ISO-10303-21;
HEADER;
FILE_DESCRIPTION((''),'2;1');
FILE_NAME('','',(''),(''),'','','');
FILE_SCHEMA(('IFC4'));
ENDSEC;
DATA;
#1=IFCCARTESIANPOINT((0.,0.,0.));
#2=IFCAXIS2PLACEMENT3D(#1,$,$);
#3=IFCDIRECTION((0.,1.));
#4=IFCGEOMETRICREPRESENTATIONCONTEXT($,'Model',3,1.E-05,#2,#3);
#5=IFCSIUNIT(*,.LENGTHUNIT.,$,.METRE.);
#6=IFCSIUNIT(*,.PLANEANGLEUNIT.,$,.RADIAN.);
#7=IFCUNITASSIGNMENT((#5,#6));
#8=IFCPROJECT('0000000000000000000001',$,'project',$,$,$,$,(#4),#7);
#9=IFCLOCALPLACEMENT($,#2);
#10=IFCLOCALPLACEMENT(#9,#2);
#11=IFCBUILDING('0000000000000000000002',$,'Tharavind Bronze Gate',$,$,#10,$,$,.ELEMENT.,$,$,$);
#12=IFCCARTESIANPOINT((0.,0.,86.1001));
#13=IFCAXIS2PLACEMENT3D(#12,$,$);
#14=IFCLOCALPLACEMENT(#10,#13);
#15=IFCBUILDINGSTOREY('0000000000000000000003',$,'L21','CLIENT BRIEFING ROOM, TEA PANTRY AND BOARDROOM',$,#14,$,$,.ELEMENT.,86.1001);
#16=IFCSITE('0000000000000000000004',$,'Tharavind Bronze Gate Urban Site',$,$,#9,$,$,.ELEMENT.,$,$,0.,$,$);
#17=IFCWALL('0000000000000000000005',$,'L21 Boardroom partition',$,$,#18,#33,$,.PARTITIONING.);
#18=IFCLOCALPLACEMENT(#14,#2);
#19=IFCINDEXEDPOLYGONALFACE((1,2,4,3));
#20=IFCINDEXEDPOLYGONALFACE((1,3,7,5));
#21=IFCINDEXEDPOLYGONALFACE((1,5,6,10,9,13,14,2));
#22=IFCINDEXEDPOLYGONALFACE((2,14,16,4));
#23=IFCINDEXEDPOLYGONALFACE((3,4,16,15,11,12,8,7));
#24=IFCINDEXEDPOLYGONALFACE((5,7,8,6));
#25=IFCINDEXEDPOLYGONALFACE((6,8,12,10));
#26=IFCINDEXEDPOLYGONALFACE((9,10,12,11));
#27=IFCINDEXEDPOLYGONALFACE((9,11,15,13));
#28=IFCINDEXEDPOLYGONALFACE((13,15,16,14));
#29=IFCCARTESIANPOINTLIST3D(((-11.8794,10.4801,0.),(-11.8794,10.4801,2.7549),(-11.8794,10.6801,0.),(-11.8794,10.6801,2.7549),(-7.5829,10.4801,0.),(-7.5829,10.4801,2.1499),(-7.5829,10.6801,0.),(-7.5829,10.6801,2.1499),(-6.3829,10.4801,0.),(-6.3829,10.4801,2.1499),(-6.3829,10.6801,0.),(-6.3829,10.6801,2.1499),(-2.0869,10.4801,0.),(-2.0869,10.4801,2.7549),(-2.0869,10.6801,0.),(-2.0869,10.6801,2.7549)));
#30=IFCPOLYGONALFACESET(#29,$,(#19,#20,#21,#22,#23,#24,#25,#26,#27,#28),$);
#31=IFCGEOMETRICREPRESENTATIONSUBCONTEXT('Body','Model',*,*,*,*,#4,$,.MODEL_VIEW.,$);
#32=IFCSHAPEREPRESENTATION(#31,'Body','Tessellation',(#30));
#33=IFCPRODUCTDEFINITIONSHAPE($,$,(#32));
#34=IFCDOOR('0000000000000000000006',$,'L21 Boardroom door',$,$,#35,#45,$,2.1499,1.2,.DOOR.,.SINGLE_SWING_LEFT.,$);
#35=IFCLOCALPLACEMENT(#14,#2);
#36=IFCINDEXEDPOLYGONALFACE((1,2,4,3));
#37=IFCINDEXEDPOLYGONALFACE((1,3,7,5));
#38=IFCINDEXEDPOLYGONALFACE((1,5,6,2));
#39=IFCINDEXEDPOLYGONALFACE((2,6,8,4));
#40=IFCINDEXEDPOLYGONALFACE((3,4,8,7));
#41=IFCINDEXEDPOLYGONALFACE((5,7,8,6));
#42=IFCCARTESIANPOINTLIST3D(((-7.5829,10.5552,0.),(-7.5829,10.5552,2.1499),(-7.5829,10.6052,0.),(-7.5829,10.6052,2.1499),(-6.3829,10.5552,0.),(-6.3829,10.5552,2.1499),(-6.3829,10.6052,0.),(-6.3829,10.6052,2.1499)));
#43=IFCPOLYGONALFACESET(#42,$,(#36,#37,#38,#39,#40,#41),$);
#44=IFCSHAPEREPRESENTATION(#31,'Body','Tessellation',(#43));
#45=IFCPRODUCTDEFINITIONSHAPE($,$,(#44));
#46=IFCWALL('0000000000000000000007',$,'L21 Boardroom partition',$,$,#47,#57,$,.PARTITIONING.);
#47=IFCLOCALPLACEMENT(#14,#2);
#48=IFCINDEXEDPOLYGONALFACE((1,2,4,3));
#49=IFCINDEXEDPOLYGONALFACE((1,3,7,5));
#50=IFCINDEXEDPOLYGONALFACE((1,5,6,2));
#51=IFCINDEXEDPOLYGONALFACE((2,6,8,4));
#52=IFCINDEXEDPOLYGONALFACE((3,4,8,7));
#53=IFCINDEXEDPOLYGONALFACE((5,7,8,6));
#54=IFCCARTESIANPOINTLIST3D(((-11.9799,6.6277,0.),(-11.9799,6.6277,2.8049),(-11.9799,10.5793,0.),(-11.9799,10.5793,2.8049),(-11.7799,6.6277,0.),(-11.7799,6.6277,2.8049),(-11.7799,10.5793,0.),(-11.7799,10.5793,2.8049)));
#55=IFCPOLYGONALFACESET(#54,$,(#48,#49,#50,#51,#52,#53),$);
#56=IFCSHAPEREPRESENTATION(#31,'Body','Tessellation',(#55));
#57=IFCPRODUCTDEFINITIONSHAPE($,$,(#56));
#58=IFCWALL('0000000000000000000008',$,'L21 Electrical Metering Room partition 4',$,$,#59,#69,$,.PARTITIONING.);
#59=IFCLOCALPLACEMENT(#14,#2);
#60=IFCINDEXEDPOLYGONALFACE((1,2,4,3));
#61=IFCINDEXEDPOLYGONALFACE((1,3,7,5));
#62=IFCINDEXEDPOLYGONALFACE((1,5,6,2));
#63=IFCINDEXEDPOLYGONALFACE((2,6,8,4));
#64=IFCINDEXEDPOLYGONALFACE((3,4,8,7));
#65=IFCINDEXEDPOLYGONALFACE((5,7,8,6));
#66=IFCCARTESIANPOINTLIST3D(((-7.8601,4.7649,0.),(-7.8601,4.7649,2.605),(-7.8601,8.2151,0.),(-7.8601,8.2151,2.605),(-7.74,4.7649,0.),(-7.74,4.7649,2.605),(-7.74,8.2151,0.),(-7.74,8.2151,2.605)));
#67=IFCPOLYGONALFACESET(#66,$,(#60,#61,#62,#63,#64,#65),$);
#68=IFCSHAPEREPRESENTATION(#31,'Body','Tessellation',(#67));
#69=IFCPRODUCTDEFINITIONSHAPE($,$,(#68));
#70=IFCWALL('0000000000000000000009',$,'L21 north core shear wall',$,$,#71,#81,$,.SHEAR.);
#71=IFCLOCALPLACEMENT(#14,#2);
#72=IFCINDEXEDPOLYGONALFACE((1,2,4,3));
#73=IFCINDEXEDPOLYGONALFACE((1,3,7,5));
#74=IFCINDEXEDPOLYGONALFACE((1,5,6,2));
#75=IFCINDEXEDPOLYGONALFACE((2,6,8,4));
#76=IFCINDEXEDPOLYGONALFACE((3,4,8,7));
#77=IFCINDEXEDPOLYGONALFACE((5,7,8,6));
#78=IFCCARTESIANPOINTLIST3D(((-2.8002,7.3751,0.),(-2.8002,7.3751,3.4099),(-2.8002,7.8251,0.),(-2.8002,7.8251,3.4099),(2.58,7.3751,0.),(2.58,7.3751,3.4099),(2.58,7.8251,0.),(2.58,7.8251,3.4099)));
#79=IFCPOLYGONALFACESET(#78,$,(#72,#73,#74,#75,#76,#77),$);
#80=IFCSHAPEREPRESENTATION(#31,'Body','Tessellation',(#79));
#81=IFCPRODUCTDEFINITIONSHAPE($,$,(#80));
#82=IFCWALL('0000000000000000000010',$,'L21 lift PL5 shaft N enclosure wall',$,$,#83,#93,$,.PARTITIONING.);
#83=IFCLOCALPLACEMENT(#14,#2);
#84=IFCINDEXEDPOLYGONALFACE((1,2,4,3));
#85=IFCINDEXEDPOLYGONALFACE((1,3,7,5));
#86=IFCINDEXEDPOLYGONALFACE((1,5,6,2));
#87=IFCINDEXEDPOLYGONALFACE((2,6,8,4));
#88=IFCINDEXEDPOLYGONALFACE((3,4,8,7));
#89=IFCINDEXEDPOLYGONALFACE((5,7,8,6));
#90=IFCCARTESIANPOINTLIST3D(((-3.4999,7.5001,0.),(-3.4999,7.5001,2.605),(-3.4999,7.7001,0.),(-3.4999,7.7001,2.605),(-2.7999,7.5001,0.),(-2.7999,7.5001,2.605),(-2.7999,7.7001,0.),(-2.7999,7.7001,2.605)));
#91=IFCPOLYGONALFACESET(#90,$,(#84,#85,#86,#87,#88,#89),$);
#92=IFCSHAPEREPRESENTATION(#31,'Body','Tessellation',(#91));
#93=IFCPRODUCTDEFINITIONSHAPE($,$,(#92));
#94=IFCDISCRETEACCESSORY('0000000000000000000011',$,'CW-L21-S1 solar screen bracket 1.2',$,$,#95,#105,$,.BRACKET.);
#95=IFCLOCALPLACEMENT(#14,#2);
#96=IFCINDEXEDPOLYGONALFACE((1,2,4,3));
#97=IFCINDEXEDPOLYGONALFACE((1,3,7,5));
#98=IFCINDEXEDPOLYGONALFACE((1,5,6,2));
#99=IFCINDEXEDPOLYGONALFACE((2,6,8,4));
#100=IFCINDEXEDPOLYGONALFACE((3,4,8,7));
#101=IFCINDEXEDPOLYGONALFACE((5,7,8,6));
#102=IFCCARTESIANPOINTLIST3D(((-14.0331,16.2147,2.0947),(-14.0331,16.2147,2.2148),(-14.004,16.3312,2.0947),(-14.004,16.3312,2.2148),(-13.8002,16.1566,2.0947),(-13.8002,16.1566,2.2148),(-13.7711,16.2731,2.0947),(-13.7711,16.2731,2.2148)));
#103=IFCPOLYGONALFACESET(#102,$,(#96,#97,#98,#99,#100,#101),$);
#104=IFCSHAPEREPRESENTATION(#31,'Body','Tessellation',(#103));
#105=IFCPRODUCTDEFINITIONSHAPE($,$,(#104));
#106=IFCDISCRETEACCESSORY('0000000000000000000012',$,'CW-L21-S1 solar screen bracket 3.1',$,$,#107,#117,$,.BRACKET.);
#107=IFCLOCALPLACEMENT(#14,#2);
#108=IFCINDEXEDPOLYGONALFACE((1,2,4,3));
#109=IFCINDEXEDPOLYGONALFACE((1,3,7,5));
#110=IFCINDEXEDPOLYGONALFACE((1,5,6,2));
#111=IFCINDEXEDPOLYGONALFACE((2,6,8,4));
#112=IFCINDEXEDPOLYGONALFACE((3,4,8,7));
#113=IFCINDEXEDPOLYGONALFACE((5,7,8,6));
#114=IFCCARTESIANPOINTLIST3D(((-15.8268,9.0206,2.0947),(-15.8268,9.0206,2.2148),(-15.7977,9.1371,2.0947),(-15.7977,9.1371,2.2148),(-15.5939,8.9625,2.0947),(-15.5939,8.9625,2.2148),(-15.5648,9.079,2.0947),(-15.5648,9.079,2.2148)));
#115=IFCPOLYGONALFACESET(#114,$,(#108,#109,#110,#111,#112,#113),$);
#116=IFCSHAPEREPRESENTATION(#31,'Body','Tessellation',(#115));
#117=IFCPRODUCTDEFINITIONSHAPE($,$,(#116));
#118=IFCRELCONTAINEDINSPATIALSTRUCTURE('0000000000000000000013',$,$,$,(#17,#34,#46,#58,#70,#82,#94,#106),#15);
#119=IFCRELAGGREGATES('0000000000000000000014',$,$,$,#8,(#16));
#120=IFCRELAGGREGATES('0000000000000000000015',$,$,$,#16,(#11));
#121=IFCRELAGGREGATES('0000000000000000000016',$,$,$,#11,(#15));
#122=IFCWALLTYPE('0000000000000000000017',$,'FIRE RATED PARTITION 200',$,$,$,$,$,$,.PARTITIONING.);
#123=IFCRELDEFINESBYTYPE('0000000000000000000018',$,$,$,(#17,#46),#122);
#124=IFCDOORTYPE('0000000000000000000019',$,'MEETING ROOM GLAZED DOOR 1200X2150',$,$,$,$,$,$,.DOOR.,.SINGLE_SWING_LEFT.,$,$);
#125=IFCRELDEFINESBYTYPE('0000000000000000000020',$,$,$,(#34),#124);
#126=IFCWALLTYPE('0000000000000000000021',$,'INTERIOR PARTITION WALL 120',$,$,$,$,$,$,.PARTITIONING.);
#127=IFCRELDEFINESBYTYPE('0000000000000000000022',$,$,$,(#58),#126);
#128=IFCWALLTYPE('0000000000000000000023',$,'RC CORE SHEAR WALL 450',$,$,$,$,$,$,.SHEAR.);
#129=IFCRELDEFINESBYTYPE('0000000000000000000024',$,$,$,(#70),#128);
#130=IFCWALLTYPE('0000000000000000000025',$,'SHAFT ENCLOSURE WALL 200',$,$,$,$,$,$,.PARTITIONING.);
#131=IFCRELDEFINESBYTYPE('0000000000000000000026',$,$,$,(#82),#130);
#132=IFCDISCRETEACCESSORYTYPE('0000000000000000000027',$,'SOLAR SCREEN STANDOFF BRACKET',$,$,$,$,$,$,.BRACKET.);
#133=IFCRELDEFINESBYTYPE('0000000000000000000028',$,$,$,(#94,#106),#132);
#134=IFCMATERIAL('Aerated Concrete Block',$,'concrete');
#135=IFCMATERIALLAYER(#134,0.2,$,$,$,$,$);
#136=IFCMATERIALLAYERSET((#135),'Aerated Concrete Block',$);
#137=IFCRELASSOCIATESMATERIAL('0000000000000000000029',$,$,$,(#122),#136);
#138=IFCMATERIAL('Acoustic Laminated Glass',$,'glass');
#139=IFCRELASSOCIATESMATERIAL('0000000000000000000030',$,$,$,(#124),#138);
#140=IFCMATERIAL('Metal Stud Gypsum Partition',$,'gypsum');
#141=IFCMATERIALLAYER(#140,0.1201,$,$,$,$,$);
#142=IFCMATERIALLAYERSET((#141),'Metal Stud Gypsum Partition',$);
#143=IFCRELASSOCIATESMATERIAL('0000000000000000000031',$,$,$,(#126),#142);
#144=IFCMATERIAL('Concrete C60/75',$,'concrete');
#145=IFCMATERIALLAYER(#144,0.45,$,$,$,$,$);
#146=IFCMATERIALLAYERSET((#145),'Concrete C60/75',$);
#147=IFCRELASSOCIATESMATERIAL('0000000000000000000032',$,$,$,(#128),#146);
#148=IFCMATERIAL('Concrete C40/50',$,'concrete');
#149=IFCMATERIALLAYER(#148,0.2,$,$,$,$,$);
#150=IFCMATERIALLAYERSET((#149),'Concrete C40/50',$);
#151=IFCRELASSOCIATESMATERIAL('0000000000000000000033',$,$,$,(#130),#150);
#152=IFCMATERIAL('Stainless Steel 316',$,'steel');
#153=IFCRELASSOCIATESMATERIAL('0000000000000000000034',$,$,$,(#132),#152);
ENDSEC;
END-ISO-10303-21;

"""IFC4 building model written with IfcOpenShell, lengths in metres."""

from ifc_helpers import new_model, si_unit, direction, frame, frame_2d, origin, origin_2d, place, context, subcontext, project, spatial, rectangle, extrude, material, layer, layer_set, type_object, element, fill, save


model = new_model("IFC4")

# Units and contexts
model_context = context("Model", 3, precision=1e-05, world=origin(), true_north=direction((0.0, 1.0)))
body_context = subcontext(model_context, "Body", "Model", "MODEL_VIEW")
ifc_project = project(units=[si_unit("LENGTHUNIT", "METRE"), si_unit("PLANEANGLEUNIT", "RADIAN")], contexts=[model_context])

# Site, building, storey
site_placement = place(None, origin())
site = spatial("IfcSite", under=ifc_project, at=site_placement, Name="Tharavind Bronze Gate Urban Site", CompositionType="ELEMENT", RefElevation=0.0)
building_placement = place(site_placement, origin())
building = spatial("IfcBuilding", under=site, at=building_placement, Name="Tharavind Bronze Gate", CompositionType="ELEMENT")
storey_placement = place(building_placement, frame((0.0, 0.0, 86.1001)))
storey = spatial("IfcBuildingStorey", under=building, at=storey_placement, Name="L21", Description="CLIENT BRIEFING ROOM, TEA PANTRY AND BOARDROOM", CompositionType="ELEMENT", Elevation=86.1001)

# Wall, opening, door
ifc_material_1 = material(Name="Concrete C40/50", Category="concrete")
ifc_material_2 = material(Name="Aerated Concrete Block", Category="concrete")
ifc_layer_1 = layer(ifc_material_2, 0.2)
ifc_layer_set_1 = layer_set([ifc_layer_1], Name="Aerated Concrete Block")
wall_type_1 = type_object("IfcWallType", Name="FIRE RATED PARTITION 200", PredefinedType="PARTITIONING", material=ifc_layer_set_1)
wall_1_placement = place(storey_placement, frame((-2.0869, 10.5801, 0.0), z_axis=(0.0, 0.0, 1.0), x_axis=(-1.0, 0.0, 0.0)))
wall_1 = element("IfcWall", 1, at=wall_1_placement, inside=storey, type_object=wall_type_1, Name="L21 Boardroom partition", PredefinedType="PARTITIONING", context=body_context, shape_type="SweptSolid", body=[
    extrude(rectangle(XDim=9.7925, YDim=0.2, at=frame_2d((4.8962, 0.0))), origin(), (0.0, 0.0, 1.0), 2.7549),
])
opening_1_placement = place(wall_1_placement, frame((4.2959, 0.0, 0.0)))
opening_1 = element("IfcOpeningElement", 2, at=opening_1_placement, cuts=wall_1, PredefinedType="OPENING", context=body_context, shape_type="SweptSolid", body=[
    extrude(rectangle(XDim=1.2, YDim=2.1499, at=frame_2d((0.6001, 1.075))), frame((0.0, 0.1101, 0.0), z_axis=(0.0, -1.0, 0.0), x_axis=(1.0, 0.0, 0.0)), (0.0, 0.0, 1.0), 0.22),
])
ifc_material_3 = material(Name="Acoustic Laminated Glass", Category="glass")
door_type_1 = type_object("IfcDoorType", Name="MEETING ROOM GLAZED DOOR 1200X2150", OperationType="SINGLE_SWING_LEFT", PredefinedType="DOOR", material=ifc_material_3)
door_1_placement = place(opening_1_placement, origin())
door_1 = element("IfcDoor", 3, at=door_1_placement, inside=storey, type_object=door_type_1, Name="L21 Boardroom door", OperationType="SINGLE_SWING_LEFT", OverallHeight=2.1499, OverallWidth=1.2, PredefinedType="DOOR", context=body_context, shape_type="SweptSolid", body=[
    extrude(rectangle(XDim=1.2, YDim=2.1499, at=frame_2d((0.6001, 1.075))), frame((0.0, 0.0249, 0.0), z_axis=(0.0, -1.0, 0.0), x_axis=(1.0, 0.0, 0.0)), (0.0, 0.0, 1.0), 0.05),
])
fill(opening_1, door_1)

# Walls
wall_2_placement = place(storey_placement, frame((-11.8799, 10.5793, 0.0), z_axis=(0.0, 0.0, 1.0), x_axis=(0.0, -1.0, 0.0)))
element("IfcWall", 4, at=wall_2_placement, inside=storey, type_object=wall_type_1, Name="L21 Boardroom partition", PredefinedType="PARTITIONING", context=body_context, shape_type="SweptSolid", body=[
    extrude(rectangle(XDim=3.9517, YDim=0.2, at=frame_2d((1.9758, 0.0))), origin(), (0.0, 0.0, 1.0), 2.8049),
])
ifc_material_4 = material(Name="Metal Stud Gypsum Partition", Category="gypsum")
ifc_layer_2 = layer(ifc_material_4, 0.1201)
ifc_layer_set_2 = layer_set([ifc_layer_2], Name="Metal Stud Gypsum Partition")
wall_type_2 = type_object("IfcWallType", Name="INTERIOR PARTITION WALL 120", PredefinedType="PARTITIONING", material=ifc_layer_set_2)
wall_3_placement = place(storey_placement, frame((-7.8, 8.2151, 0.0), z_axis=(0.0, 0.0, 1.0), x_axis=(0.0, -1.0, 0.0)))
element("IfcWall", 5, at=wall_3_placement, inside=storey, type_object=wall_type_2, Name="L21 Electrical Metering Room partition 4", PredefinedType="PARTITIONING", context=body_context, shape_type="SweptSolid", body=[
    extrude(rectangle(XDim=3.4502, YDim=0.1201, at=frame_2d((1.7251, 0.0))), origin(), (0.0, 0.0, 1.0), 2.605),
])
ifc_material_5 = material(Name="Concrete C60/75", Category="concrete")
ifc_layer_3 = layer(ifc_material_5, 0.45)
ifc_layer_set_3 = layer_set([ifc_layer_3], Name="Concrete C60/75")
wall_type_3 = type_object("IfcWallType", Name="RC CORE SHEAR WALL 450", PredefinedType="SHEAR", material=ifc_layer_set_3)
wall_4_placement = place(storey_placement, frame((-2.8, 7.6001, 0.0), z_axis=(0.0, 0.0, 1.0), x_axis=(1.0, 0.0, 0.0)))
element("IfcWall", 6, at=wall_4_placement, inside=storey, type_object=wall_type_3, Name="L21 north core shear wall", PredefinedType="SHEAR", context=body_context, shape_type="SweptSolid", body=[
    extrude(rectangle(XDim=5.3801, YDim=0.45, at=frame_2d((2.6899, 0.0))), origin(), (0.0, 0.0, 1.0), 3.4099),
])
ifc_layer_4 = layer(ifc_material_1, 0.2)
ifc_layer_set_4 = layer_set([ifc_layer_4], Name="Concrete C40/50")
wall_type_4 = type_object("IfcWallType", Name="SHAFT ENCLOSURE WALL 200", PredefinedType="PARTITIONING", material=ifc_layer_set_4)
wall_5_placement = place(storey_placement, frame((-3.5, 7.6001, 0.0), z_axis=(0.0, 0.0, 1.0), x_axis=(1.0, 0.0, 0.0)))
element("IfcWall", 7, at=wall_5_placement, inside=storey, type_object=wall_type_4, Name="L21 lift PL5 shaft N enclosure wall", PredefinedType="PARTITIONING", context=body_context, shape_type="SweptSolid", body=[
    extrude(rectangle(XDim=0.7, YDim=0.2, at=frame_2d((0.3501, 0.0))), origin(), (0.0, 0.0, 1.0), 2.605),
])

# Discrete accessories
ifc_material_6 = material(Name="Stainless Steel 316", Category="steel")
discrete_accessory_type = type_object("IfcDiscreteAccessoryType", Name="SOLAR SCREEN STANDOFF BRACKET", PredefinedType="BRACKET", material=ifc_material_6)
for number, where, z_axis, x_axis, name in (
    (8, (-13.9021, 16.2439, 2.0947), (0.0, 0.0, 1.0), (-0.241922, -0.970296, 0.0), "CW-L21-S1 solar screen bracket 1.2"),
    (9, (-15.6958, 9.0498, 2.0947), (0.0, 0.0, 1.0), (-0.241922, -0.970296, 0.0), "CW-L21-S1 solar screen bracket 3.1"),
):
    element("IfcDiscreteAccessory", number, at=place(storey_placement, frame(where, z_axis=z_axis, x_axis=x_axis)), inside=storey, type_object=discrete_accessory_type, Name=name, PredefinedType="BRACKET", context=body_context, shape_type="SweptSolid", body=[
        extrude(rectangle(XDim=0.1201, YDim=0.24, at=origin_2d()), origin(), (0.0, 0.0, 1.0), 0.1201),
    ])

save(model, "model.ifc")
